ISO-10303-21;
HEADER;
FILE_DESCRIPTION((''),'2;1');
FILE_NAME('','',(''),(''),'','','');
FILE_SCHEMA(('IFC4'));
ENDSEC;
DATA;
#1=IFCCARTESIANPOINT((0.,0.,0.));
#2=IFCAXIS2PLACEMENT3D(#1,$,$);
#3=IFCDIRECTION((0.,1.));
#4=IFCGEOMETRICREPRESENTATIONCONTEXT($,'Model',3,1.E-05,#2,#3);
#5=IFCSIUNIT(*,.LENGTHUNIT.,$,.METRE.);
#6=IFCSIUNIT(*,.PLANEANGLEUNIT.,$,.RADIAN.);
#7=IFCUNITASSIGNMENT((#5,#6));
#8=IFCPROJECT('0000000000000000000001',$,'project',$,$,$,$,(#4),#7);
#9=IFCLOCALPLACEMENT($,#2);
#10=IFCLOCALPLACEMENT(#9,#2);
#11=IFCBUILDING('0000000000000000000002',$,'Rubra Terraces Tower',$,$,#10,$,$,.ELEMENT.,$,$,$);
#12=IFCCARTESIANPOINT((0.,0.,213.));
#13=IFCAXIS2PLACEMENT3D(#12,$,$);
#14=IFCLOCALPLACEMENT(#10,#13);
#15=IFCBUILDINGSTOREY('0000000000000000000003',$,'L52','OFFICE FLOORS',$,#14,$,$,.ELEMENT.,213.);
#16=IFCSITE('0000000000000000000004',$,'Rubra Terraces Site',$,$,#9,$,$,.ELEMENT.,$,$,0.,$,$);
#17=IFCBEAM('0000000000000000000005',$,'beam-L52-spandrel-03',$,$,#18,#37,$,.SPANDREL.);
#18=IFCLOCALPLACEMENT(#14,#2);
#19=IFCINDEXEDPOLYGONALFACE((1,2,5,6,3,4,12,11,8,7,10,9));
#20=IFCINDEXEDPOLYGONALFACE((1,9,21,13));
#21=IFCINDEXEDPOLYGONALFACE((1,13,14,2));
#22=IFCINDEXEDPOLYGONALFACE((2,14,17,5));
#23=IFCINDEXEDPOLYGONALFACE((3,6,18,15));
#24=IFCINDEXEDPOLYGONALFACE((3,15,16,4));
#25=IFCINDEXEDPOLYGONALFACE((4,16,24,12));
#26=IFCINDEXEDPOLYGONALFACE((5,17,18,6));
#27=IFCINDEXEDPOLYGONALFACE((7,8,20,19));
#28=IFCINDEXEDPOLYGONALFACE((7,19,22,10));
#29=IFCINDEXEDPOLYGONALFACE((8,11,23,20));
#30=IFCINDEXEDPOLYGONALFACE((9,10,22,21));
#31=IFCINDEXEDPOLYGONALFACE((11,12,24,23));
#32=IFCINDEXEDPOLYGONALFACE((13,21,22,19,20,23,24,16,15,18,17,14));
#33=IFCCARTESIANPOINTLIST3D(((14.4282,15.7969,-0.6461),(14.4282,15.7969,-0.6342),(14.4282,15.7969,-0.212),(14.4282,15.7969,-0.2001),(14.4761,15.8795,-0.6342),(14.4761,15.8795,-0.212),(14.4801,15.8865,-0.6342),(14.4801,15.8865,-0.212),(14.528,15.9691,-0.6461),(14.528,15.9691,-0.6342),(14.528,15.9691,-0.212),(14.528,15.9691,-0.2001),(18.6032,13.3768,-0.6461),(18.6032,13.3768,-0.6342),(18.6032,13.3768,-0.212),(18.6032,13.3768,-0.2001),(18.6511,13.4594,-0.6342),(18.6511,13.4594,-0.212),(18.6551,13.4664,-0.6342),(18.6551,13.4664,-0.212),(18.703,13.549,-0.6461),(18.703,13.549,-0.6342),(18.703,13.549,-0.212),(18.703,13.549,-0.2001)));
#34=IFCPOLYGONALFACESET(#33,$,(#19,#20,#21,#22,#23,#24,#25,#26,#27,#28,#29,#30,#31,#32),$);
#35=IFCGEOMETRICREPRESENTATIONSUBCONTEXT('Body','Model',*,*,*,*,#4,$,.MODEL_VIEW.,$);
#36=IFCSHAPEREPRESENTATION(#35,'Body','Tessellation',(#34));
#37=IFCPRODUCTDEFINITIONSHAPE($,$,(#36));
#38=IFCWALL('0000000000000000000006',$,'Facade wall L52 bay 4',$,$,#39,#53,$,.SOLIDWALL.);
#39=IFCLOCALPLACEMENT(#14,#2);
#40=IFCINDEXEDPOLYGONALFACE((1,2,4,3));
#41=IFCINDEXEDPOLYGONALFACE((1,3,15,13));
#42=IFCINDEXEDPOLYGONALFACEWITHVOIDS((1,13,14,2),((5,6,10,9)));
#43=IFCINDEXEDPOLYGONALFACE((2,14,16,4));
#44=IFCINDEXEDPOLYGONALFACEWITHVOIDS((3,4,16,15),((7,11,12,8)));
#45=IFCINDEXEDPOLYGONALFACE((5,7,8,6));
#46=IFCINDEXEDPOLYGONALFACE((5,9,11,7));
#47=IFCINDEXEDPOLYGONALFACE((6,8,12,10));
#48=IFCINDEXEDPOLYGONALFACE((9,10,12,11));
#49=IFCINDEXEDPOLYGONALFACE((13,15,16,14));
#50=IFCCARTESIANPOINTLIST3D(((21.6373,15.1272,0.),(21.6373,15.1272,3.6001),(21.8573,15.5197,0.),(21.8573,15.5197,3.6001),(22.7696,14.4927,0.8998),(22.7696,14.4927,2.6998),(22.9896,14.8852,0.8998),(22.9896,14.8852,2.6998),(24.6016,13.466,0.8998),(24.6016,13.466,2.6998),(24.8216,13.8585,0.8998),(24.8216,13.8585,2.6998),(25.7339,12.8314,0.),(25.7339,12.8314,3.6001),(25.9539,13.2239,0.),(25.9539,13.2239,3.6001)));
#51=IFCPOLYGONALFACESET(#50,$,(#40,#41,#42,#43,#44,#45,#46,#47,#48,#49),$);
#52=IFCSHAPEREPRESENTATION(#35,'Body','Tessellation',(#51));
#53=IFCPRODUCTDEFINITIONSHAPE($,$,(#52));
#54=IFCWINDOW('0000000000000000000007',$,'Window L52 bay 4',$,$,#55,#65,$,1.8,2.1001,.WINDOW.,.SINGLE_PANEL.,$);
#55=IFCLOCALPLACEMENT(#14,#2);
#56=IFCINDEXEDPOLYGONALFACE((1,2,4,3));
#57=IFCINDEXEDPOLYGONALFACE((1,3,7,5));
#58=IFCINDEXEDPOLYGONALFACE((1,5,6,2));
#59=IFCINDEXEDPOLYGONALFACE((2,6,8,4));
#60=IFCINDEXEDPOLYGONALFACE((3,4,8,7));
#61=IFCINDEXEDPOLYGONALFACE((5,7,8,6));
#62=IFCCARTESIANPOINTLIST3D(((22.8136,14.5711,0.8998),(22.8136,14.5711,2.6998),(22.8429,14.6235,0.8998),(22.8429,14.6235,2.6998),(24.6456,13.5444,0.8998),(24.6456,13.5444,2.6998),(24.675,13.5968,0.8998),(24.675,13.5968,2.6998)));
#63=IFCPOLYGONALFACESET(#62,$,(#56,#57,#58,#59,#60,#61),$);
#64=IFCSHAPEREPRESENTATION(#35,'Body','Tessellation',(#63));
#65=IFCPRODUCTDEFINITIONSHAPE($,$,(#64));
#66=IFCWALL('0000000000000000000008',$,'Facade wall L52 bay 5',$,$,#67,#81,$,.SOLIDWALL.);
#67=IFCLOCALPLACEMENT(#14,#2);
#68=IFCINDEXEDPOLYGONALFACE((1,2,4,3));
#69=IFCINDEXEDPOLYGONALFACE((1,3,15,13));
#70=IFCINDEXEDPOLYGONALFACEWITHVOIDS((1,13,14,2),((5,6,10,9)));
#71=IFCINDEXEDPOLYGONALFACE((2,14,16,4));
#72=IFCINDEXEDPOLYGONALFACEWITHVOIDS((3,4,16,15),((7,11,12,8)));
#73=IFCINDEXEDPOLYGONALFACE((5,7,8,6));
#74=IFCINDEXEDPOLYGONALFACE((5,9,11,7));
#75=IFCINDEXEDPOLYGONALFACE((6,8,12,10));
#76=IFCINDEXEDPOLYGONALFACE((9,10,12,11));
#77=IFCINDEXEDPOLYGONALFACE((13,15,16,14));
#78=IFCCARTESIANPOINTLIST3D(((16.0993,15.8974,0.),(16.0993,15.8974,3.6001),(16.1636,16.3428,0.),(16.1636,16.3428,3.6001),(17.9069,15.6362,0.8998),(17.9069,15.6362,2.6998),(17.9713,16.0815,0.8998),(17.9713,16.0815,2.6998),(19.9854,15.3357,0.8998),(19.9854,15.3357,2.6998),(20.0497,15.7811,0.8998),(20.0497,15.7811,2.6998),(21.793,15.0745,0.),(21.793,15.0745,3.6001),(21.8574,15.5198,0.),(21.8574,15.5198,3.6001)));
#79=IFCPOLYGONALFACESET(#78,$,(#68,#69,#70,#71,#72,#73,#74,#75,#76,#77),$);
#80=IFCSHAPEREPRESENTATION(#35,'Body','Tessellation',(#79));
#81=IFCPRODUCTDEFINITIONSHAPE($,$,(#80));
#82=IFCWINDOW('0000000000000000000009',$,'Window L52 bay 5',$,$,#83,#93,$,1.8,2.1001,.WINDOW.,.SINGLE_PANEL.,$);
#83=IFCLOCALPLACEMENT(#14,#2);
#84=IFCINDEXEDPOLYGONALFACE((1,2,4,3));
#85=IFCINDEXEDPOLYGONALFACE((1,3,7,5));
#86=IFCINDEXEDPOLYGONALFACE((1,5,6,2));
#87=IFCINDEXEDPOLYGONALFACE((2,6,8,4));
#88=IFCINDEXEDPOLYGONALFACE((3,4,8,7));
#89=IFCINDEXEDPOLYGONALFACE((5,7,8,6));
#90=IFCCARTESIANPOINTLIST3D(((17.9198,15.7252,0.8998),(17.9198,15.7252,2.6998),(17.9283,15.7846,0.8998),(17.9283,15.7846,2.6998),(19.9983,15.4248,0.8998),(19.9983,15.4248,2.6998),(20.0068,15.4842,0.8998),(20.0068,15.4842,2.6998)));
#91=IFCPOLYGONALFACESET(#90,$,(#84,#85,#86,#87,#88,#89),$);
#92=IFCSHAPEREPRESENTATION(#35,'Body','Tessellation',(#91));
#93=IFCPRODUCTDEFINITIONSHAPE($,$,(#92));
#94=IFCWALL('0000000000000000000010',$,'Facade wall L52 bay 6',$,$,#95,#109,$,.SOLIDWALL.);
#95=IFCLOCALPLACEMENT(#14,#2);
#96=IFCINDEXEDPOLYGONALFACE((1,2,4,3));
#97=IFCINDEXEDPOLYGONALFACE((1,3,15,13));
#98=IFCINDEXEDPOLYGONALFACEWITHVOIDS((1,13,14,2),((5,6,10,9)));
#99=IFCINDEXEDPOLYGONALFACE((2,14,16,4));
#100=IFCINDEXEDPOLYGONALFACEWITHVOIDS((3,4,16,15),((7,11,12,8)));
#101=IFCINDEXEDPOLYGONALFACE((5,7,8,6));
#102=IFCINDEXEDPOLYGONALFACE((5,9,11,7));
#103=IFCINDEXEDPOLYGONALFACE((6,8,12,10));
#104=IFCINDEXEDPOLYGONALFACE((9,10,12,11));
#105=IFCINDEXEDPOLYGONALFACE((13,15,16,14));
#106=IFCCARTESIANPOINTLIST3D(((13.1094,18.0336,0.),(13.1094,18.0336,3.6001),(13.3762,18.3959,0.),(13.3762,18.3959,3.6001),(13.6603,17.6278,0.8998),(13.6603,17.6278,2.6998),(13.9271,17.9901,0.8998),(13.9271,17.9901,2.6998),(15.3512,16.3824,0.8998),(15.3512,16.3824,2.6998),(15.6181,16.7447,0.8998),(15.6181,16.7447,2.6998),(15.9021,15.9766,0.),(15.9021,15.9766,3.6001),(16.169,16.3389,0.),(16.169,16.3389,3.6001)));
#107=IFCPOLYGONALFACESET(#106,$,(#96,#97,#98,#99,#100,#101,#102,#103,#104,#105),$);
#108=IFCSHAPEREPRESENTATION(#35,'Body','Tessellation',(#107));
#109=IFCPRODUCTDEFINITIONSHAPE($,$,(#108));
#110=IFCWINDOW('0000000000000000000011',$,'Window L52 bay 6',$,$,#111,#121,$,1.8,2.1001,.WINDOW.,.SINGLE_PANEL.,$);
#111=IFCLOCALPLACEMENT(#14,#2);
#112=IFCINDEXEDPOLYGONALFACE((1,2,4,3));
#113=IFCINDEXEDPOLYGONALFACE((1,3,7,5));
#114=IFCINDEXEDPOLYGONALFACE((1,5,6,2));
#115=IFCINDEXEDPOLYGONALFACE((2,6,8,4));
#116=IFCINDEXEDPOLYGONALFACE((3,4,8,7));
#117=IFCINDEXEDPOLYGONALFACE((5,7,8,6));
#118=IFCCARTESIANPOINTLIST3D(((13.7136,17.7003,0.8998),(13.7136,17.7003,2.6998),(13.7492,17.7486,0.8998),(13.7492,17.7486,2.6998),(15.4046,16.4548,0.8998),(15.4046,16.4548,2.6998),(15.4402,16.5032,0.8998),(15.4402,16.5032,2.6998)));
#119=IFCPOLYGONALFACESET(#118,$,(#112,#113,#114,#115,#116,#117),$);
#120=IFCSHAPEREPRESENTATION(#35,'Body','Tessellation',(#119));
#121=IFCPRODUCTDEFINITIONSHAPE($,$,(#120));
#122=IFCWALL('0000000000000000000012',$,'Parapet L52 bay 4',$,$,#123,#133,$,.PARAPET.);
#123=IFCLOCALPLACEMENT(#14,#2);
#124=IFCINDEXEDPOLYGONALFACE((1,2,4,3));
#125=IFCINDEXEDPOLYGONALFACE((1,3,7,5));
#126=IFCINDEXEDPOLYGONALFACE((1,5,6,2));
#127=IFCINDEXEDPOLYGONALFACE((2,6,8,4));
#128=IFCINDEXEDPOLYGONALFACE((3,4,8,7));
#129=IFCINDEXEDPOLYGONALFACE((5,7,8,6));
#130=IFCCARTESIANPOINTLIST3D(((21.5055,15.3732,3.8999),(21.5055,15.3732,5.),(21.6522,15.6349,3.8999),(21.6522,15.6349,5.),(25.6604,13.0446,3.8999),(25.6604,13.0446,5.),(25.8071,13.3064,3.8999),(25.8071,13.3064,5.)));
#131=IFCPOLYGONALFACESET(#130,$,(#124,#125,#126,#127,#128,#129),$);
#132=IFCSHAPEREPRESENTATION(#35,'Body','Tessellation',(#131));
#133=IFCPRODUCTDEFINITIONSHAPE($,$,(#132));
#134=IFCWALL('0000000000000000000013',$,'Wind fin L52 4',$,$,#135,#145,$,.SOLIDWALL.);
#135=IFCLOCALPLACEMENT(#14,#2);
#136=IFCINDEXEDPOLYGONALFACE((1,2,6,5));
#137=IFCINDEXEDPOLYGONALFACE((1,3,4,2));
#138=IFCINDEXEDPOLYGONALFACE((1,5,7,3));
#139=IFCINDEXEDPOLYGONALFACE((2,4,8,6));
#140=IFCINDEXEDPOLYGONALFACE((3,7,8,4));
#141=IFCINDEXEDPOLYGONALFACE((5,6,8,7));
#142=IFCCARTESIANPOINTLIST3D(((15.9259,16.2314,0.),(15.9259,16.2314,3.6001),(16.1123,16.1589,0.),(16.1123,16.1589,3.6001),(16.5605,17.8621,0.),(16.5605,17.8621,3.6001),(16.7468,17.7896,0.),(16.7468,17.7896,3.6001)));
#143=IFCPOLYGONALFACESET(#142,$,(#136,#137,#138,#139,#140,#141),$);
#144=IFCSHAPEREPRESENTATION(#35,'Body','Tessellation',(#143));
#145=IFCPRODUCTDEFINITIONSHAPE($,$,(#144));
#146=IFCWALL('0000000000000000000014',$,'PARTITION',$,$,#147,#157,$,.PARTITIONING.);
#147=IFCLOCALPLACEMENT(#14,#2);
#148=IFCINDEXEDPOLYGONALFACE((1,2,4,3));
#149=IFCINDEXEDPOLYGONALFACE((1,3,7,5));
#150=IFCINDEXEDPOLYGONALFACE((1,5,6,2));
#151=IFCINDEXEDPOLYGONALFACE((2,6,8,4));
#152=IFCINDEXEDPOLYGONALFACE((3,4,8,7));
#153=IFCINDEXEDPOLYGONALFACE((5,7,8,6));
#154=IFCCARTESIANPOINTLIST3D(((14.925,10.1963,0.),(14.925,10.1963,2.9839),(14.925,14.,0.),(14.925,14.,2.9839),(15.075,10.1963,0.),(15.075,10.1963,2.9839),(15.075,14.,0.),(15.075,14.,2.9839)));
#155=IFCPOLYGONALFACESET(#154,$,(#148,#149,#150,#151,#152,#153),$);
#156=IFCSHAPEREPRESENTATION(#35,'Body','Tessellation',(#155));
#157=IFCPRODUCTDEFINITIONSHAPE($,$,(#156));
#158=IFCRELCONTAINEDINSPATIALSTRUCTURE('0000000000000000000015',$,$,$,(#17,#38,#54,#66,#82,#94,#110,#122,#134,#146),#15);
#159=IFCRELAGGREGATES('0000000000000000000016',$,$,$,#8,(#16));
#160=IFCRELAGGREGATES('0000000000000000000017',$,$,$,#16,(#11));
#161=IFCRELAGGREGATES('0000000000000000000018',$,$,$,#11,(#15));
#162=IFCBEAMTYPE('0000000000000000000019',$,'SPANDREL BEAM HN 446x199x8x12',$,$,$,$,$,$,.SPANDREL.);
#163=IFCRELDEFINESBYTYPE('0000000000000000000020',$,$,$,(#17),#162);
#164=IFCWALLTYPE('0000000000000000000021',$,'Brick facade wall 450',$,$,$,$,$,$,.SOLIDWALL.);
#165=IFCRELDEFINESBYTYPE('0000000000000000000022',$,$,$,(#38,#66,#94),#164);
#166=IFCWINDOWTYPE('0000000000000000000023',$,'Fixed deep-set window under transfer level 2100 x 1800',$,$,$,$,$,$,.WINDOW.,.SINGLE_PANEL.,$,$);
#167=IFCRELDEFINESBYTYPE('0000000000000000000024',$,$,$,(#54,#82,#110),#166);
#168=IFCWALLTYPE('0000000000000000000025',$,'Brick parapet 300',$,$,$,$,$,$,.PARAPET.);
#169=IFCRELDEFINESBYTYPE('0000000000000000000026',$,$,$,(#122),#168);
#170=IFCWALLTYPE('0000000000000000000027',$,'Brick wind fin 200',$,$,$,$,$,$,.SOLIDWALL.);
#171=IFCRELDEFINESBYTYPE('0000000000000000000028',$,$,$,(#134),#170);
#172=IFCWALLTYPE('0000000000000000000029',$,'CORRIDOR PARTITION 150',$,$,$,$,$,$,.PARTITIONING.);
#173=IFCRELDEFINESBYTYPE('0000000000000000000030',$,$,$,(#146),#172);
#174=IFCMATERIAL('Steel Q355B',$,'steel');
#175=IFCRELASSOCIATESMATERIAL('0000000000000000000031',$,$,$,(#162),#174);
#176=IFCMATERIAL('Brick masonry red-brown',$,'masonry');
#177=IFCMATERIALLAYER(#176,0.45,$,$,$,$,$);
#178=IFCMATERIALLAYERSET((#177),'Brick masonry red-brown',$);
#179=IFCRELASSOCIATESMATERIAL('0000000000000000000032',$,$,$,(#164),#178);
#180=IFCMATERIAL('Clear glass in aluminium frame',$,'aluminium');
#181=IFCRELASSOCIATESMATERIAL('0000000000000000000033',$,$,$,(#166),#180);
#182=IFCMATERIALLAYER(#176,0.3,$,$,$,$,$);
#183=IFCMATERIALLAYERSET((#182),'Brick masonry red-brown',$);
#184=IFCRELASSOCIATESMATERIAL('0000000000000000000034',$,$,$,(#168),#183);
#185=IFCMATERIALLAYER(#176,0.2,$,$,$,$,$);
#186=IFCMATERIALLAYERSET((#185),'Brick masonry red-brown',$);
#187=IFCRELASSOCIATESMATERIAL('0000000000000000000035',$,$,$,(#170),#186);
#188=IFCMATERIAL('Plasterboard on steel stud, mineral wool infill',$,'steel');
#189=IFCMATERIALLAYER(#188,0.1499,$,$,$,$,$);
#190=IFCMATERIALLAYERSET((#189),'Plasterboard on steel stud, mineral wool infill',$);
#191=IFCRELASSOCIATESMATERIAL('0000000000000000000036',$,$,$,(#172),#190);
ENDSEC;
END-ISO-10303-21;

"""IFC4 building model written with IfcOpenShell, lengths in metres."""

from ifc_helpers import new_model, si_unit, direction, frame, frame_2d, origin, origin_2d, place, context, subcontext, project, spatial, rectangle, i_section, extrude, material, layer, layer_set, material_profile, profile_set, type_object, element, fill, save


model = new_model("IFC4")

# Units and contexts
model_context = context("Model", 3, precision=1e-05, world=origin(), true_north=direction((0.0, 1.0)))
body_context = subcontext(model_context, "Body", "Model", "MODEL_VIEW")
ifc_project = project(units=[si_unit("LENGTHUNIT", "METRE"), si_unit("PLANEANGLEUNIT", "RADIAN")], contexts=[model_context])

# Site, building, storey
site_placement = place(None, origin())
site = spatial("IfcSite", under=ifc_project, at=site_placement, Name="Rubra Terraces Site", CompositionType="ELEMENT", RefElevation=0.0)
building_placement = place(site_placement, origin())
building = spatial("IfcBuilding", under=site, at=building_placement, Name="Rubra Terraces Tower", CompositionType="ELEMENT")
storey_placement = place(building_placement, frame((0.0, 0.0, 213.0)))
storey = spatial("IfcBuildingStorey", under=building, at=storey_placement, Name="L52", Description="OFFICE FLOORS", CompositionType="ELEMENT", Elevation=213.0)

# Beam
ifc_material_1 = material(Name="Steel Q355B", Category="steel")
ifc_material_profile_1 = material_profile(ifc_material_1, i_section(OverallWidth=0.199, OverallDepth=0.446, WebThickness=0.0081, FlangeThickness=0.012, at=origin_2d()), Name="HN 446x199x8x12")
ifc_profile_set_1 = profile_set([ifc_material_profile_1], Name="Steel Q355B")
beam_type_1 = type_object("IfcBeamType", Name="SPANDREL BEAM HN 446x199x8x12", PredefinedType="SPANDREL", material=ifc_profile_set_1)
beam_1_placement = place(storey_placement, frame((18.6531, 13.4629, -0.4231), z_axis=(-0.865154, 0.501507, 0.0), x_axis=(-0.501507, -0.865154, 0.0)))
element("IfcBeam", 1, at=beam_1_placement, inside=storey, type_object=beam_type_1, Name="beam-L52-spandrel-03", PredefinedType="SPANDREL", context=body_context, shape_type="SweptSolid", body=[
    extrude(i_section(OverallWidth=0.199, OverallDepth=0.446, WebThickness=0.0081, FlangeThickness=0.012, at=origin_2d()), origin(), (0.0, 0.0, 1.0), 4.8257),
])

# Walls, openings, windows
ifc_material_2 = material(Name="Brick masonry red-brown", Category="masonry")
ifc_layer_1 = layer(ifc_material_2, 0.45)
ifc_layer_set_1 = layer_set([ifc_layer_1], Name="Brick masonry red-brown")
wall_type_1 = type_object("IfcWallType", Name="Brick facade wall 450", PredefinedType="SOLIDWALL", material=ifc_layer_set_1)
wall_1_placement = place(storey_placement, frame((25.844, 13.0276, 0.0), z_axis=(0.0, 0.0, 1.0), x_axis=(-0.872346, 0.488888, 0.0)))
wall_1 = element("IfcWall", 2, at=wall_1_placement, inside=storey, type_object=wall_type_1, Name="Facade wall L52 bay 4", PredefinedType="SOLIDWALL", context=body_context, shape_type="SweptSolid", body=[
    extrude(rectangle(XDim=4.696, YDim=0.45, at=frame_2d((2.3481, 0.0))), origin(), (0.0, 0.0, 1.0), 3.6001),
])
opening_1_placement = place(wall_1_placement, frame((1.2981, 0.0, 0.8999)))
opening_1 = element("IfcOpeningElement", 3, at=opening_1_placement, cuts=wall_1, PredefinedType="OPENING", context=body_context, shape_type="SweptSolid", body=[
    extrude(rectangle(XDim=2.1001, YDim=1.8, at=frame_2d((1.05, 0.8999))), frame((0.0, 0.2349, 0.0), z_axis=(0.0, -1.0, 0.0), x_axis=(1.0, 0.0, 0.0)), (0.0, 0.0, 1.0), 0.47),
])
ifc_material_3 = material(Name="Clear glass in aluminium frame", Category="aluminium")
window_type = type_object("IfcWindowType", Name="Fixed deep-set window under transfer level 2100 x 1800", PartitioningType="SINGLE_PANEL", PredefinedType="WINDOW", material=ifc_material_3)
window_1_placement = place(opening_1_placement, origin())
window_1 = element("IfcWindow", 4, at=window_1_placement, inside=storey, type_object=window_type, Name="Window L52 bay 4", OverallHeight=1.8, OverallWidth=2.1001, PartitioningType="SINGLE_PANEL", PredefinedType="WINDOW", context=body_context, shape_type="SweptSolid", body=[
    extrude(rectangle(XDim=2.1001, YDim=1.8, at=frame_2d((1.05, 0.8999))), frame((0.0, 0.135, 0.0), z_axis=(0.0, -1.0, 0.0), x_axis=(1.0, 0.0, 0.0)), (0.0, 0.0, 1.0), 0.0601),
])
fill(opening_1, window_1)
wall_2_placement = place(storey_placement, frame((21.8252, 15.2971, 0.0), z_axis=(0.0, 0.0, 1.0), x_axis=(-0.989715, 0.143055, 0.0)))
wall_2 = element("IfcWall", 5, at=wall_2_placement, inside=storey, type_object=wall_type_1, Name="Facade wall L52 bay 5", PredefinedType="SOLIDWALL", context=body_context, shape_type="SweptSolid", body=[
    extrude(rectangle(XDim=5.7529, YDim=0.45, at=frame_2d((2.8765, 0.0))), origin(), (0.0, 0.0, 1.0), 3.6001),
])
opening_2_placement = place(wall_2_placement, frame((1.8264, 0.0, 0.8999)))
opening_2 = element("IfcOpeningElement", 6, at=opening_2_placement, cuts=wall_2, PredefinedType="OPENING", context=body_context, shape_type="SweptSolid", body=[
    extrude(rectangle(XDim=2.1001, YDim=1.8, at=frame_2d((1.05, 0.8999))), frame((0.0, 0.2349, 0.0), z_axis=(0.0, -1.0, 0.0), x_axis=(1.0, 0.0, 0.0)), (0.0, 0.0, 1.0), 0.47),
])
window_2_placement = place(opening_2_placement, origin())
window_2 = element("IfcWindow", 7, at=window_2_placement, inside=storey, type_object=window_type, Name="Window L52 bay 5", OverallHeight=1.8, OverallWidth=2.1001, PartitioningType="SINGLE_PANEL", PredefinedType="WINDOW", context=body_context, shape_type="SweptSolid", body=[
    extrude(rectangle(XDim=2.1001, YDim=1.8, at=frame_2d((1.05, 0.8999))), frame((0.0, 0.135, 0.0), z_axis=(0.0, -1.0, 0.0), x_axis=(1.0, 0.0, 0.0)), (0.0, 0.0, 1.0), 0.0601),
])
fill(opening_2, window_2)
wall_3_placement = place(storey_placement, frame((16.0356, 16.1577, 0.0), z_axis=(0.0, 0.0, 1.0), x_axis=(-0.805181, 0.593029, 0.0)))
wall_3 = element("IfcWall", 8, at=wall_3_placement, inside=storey, type_object=wall_type_1, Name="Facade wall L52 bay 6", PredefinedType="SOLIDWALL", context=body_context, shape_type="SweptSolid", body=[
    extrude(rectangle(XDim=3.4685, YDim=0.45, at=frame_2d((1.7344, 0.0))), origin(), (0.0, 0.0, 1.0), 3.6001),
])
opening_3_placement = place(wall_3_placement, frame((0.6843, 0.0, 0.8999)))
opening_3 = element("IfcOpeningElement", 9, at=opening_3_placement, cuts=wall_3, PredefinedType="OPENING", context=body_context, shape_type="SweptSolid", body=[
    extrude(rectangle(XDim=2.1001, YDim=1.8, at=frame_2d((1.05, 0.8999))), frame((0.0, 0.2349, 0.0), z_axis=(0.0, -1.0, 0.0), x_axis=(1.0, 0.0, 0.0)), (0.0, 0.0, 1.0), 0.47),
])
window_3_placement = place(opening_3_placement, origin())
window_3 = element("IfcWindow", 10, at=window_3_placement, inside=storey, type_object=window_type, Name="Window L52 bay 6", OverallHeight=1.8, OverallWidth=2.1001, PartitioningType="SINGLE_PANEL", PredefinedType="WINDOW", context=body_context, shape_type="SweptSolid", body=[
    extrude(rectangle(XDim=2.1001, YDim=1.8, at=frame_2d((1.05, 0.8999))), frame((0.0, 0.135, 0.0), z_axis=(0.0, -1.0, 0.0), x_axis=(1.0, 0.0, 0.0)), (0.0, 0.0, 1.0), 0.0601),
])
fill(opening_3, window_3)

# Walls
ifc_layer_2 = layer(ifc_material_2, 0.3)
ifc_layer_set_2 = layer_set([ifc_layer_2], Name="Brick masonry red-brown")
wall_type_2 = type_object("IfcWallType", Name="Brick parapet 300", PredefinedType="PARAPET", material=ifc_layer_set_2)
wall_4_placement = place(storey_placement, frame((25.7336, 13.1755, 3.8999), z_axis=(0.0, 0.0, 1.0), x_axis=(-0.872345, 0.488891, 0.0)))
element("IfcWall", 11, at=wall_4_placement, inside=storey, type_object=wall_type_2, Name="Parapet L52 bay 4", PredefinedType="PARAPET", context=body_context, shape_type="SweptSolid", body=[
    extrude(rectangle(XDim=4.7629, YDim=0.3, at=frame_2d((2.3813, 0.0))), origin(), (0.0, 0.0, 1.0), 1.1001),
])
ifc_layer_3 = layer(ifc_material_2, 0.2)
ifc_layer_set_3 = layer_set([ifc_layer_3], Name="Brick masonry red-brown")
wall_type_3 = type_object("IfcWallType", Name="Brick wind fin 200", PredefinedType="SOLIDWALL", material=ifc_layer_set_3)
wall_5_placement = place(storey_placement, frame((16.019, 16.1951, 0.0), z_axis=(0.0, 0.0, 1.0), x_axis=(0.362642, 0.931929, 0.0)))
element("IfcWall", 12, at=wall_5_placement, inside=storey, type_object=wall_type_3, Name="Wind fin L52 4", PredefinedType="SOLIDWALL", context=body_context, shape_type="SweptSolid", body=[
    extrude(rectangle(XDim=1.7498, YDim=0.2, at=frame_2d((0.875, 0.0))), origin(), (0.0, 0.0, 1.0), 3.6001),
])
ifc_material_4 = material(Name="Plasterboard on steel stud, mineral wool infill", Category="steel")
ifc_layer_4 = layer(ifc_material_4, 0.1499)
ifc_layer_set_4 = layer_set([ifc_layer_4], Name="Plasterboard on steel stud, mineral wool infill")
wall_type_4 = type_object("IfcWallType", Name="CORRIDOR PARTITION 150", PredefinedType="PARTITIONING", material=ifc_layer_set_4)
wall_6_placement = place(storey_placement, frame((15.0, 10.1963, 0.0), z_axis=(0.0, 0.0, 1.0), x_axis=(0.0, 1.0, 0.0)))
element("IfcWall", 13, at=wall_6_placement, inside=storey, type_object=wall_type_4, Name="PARTITION", PredefinedType="PARTITIONING", context=body_context, shape_type="SweptSolid", body=[
    extrude(rectangle(XDim=3.8037, YDim=0.1499, at=frame_2d((1.9019, 0.0))), origin(), (0.0, 0.0, 1.0), 2.9839),
])

save(model, "model.ifc")
